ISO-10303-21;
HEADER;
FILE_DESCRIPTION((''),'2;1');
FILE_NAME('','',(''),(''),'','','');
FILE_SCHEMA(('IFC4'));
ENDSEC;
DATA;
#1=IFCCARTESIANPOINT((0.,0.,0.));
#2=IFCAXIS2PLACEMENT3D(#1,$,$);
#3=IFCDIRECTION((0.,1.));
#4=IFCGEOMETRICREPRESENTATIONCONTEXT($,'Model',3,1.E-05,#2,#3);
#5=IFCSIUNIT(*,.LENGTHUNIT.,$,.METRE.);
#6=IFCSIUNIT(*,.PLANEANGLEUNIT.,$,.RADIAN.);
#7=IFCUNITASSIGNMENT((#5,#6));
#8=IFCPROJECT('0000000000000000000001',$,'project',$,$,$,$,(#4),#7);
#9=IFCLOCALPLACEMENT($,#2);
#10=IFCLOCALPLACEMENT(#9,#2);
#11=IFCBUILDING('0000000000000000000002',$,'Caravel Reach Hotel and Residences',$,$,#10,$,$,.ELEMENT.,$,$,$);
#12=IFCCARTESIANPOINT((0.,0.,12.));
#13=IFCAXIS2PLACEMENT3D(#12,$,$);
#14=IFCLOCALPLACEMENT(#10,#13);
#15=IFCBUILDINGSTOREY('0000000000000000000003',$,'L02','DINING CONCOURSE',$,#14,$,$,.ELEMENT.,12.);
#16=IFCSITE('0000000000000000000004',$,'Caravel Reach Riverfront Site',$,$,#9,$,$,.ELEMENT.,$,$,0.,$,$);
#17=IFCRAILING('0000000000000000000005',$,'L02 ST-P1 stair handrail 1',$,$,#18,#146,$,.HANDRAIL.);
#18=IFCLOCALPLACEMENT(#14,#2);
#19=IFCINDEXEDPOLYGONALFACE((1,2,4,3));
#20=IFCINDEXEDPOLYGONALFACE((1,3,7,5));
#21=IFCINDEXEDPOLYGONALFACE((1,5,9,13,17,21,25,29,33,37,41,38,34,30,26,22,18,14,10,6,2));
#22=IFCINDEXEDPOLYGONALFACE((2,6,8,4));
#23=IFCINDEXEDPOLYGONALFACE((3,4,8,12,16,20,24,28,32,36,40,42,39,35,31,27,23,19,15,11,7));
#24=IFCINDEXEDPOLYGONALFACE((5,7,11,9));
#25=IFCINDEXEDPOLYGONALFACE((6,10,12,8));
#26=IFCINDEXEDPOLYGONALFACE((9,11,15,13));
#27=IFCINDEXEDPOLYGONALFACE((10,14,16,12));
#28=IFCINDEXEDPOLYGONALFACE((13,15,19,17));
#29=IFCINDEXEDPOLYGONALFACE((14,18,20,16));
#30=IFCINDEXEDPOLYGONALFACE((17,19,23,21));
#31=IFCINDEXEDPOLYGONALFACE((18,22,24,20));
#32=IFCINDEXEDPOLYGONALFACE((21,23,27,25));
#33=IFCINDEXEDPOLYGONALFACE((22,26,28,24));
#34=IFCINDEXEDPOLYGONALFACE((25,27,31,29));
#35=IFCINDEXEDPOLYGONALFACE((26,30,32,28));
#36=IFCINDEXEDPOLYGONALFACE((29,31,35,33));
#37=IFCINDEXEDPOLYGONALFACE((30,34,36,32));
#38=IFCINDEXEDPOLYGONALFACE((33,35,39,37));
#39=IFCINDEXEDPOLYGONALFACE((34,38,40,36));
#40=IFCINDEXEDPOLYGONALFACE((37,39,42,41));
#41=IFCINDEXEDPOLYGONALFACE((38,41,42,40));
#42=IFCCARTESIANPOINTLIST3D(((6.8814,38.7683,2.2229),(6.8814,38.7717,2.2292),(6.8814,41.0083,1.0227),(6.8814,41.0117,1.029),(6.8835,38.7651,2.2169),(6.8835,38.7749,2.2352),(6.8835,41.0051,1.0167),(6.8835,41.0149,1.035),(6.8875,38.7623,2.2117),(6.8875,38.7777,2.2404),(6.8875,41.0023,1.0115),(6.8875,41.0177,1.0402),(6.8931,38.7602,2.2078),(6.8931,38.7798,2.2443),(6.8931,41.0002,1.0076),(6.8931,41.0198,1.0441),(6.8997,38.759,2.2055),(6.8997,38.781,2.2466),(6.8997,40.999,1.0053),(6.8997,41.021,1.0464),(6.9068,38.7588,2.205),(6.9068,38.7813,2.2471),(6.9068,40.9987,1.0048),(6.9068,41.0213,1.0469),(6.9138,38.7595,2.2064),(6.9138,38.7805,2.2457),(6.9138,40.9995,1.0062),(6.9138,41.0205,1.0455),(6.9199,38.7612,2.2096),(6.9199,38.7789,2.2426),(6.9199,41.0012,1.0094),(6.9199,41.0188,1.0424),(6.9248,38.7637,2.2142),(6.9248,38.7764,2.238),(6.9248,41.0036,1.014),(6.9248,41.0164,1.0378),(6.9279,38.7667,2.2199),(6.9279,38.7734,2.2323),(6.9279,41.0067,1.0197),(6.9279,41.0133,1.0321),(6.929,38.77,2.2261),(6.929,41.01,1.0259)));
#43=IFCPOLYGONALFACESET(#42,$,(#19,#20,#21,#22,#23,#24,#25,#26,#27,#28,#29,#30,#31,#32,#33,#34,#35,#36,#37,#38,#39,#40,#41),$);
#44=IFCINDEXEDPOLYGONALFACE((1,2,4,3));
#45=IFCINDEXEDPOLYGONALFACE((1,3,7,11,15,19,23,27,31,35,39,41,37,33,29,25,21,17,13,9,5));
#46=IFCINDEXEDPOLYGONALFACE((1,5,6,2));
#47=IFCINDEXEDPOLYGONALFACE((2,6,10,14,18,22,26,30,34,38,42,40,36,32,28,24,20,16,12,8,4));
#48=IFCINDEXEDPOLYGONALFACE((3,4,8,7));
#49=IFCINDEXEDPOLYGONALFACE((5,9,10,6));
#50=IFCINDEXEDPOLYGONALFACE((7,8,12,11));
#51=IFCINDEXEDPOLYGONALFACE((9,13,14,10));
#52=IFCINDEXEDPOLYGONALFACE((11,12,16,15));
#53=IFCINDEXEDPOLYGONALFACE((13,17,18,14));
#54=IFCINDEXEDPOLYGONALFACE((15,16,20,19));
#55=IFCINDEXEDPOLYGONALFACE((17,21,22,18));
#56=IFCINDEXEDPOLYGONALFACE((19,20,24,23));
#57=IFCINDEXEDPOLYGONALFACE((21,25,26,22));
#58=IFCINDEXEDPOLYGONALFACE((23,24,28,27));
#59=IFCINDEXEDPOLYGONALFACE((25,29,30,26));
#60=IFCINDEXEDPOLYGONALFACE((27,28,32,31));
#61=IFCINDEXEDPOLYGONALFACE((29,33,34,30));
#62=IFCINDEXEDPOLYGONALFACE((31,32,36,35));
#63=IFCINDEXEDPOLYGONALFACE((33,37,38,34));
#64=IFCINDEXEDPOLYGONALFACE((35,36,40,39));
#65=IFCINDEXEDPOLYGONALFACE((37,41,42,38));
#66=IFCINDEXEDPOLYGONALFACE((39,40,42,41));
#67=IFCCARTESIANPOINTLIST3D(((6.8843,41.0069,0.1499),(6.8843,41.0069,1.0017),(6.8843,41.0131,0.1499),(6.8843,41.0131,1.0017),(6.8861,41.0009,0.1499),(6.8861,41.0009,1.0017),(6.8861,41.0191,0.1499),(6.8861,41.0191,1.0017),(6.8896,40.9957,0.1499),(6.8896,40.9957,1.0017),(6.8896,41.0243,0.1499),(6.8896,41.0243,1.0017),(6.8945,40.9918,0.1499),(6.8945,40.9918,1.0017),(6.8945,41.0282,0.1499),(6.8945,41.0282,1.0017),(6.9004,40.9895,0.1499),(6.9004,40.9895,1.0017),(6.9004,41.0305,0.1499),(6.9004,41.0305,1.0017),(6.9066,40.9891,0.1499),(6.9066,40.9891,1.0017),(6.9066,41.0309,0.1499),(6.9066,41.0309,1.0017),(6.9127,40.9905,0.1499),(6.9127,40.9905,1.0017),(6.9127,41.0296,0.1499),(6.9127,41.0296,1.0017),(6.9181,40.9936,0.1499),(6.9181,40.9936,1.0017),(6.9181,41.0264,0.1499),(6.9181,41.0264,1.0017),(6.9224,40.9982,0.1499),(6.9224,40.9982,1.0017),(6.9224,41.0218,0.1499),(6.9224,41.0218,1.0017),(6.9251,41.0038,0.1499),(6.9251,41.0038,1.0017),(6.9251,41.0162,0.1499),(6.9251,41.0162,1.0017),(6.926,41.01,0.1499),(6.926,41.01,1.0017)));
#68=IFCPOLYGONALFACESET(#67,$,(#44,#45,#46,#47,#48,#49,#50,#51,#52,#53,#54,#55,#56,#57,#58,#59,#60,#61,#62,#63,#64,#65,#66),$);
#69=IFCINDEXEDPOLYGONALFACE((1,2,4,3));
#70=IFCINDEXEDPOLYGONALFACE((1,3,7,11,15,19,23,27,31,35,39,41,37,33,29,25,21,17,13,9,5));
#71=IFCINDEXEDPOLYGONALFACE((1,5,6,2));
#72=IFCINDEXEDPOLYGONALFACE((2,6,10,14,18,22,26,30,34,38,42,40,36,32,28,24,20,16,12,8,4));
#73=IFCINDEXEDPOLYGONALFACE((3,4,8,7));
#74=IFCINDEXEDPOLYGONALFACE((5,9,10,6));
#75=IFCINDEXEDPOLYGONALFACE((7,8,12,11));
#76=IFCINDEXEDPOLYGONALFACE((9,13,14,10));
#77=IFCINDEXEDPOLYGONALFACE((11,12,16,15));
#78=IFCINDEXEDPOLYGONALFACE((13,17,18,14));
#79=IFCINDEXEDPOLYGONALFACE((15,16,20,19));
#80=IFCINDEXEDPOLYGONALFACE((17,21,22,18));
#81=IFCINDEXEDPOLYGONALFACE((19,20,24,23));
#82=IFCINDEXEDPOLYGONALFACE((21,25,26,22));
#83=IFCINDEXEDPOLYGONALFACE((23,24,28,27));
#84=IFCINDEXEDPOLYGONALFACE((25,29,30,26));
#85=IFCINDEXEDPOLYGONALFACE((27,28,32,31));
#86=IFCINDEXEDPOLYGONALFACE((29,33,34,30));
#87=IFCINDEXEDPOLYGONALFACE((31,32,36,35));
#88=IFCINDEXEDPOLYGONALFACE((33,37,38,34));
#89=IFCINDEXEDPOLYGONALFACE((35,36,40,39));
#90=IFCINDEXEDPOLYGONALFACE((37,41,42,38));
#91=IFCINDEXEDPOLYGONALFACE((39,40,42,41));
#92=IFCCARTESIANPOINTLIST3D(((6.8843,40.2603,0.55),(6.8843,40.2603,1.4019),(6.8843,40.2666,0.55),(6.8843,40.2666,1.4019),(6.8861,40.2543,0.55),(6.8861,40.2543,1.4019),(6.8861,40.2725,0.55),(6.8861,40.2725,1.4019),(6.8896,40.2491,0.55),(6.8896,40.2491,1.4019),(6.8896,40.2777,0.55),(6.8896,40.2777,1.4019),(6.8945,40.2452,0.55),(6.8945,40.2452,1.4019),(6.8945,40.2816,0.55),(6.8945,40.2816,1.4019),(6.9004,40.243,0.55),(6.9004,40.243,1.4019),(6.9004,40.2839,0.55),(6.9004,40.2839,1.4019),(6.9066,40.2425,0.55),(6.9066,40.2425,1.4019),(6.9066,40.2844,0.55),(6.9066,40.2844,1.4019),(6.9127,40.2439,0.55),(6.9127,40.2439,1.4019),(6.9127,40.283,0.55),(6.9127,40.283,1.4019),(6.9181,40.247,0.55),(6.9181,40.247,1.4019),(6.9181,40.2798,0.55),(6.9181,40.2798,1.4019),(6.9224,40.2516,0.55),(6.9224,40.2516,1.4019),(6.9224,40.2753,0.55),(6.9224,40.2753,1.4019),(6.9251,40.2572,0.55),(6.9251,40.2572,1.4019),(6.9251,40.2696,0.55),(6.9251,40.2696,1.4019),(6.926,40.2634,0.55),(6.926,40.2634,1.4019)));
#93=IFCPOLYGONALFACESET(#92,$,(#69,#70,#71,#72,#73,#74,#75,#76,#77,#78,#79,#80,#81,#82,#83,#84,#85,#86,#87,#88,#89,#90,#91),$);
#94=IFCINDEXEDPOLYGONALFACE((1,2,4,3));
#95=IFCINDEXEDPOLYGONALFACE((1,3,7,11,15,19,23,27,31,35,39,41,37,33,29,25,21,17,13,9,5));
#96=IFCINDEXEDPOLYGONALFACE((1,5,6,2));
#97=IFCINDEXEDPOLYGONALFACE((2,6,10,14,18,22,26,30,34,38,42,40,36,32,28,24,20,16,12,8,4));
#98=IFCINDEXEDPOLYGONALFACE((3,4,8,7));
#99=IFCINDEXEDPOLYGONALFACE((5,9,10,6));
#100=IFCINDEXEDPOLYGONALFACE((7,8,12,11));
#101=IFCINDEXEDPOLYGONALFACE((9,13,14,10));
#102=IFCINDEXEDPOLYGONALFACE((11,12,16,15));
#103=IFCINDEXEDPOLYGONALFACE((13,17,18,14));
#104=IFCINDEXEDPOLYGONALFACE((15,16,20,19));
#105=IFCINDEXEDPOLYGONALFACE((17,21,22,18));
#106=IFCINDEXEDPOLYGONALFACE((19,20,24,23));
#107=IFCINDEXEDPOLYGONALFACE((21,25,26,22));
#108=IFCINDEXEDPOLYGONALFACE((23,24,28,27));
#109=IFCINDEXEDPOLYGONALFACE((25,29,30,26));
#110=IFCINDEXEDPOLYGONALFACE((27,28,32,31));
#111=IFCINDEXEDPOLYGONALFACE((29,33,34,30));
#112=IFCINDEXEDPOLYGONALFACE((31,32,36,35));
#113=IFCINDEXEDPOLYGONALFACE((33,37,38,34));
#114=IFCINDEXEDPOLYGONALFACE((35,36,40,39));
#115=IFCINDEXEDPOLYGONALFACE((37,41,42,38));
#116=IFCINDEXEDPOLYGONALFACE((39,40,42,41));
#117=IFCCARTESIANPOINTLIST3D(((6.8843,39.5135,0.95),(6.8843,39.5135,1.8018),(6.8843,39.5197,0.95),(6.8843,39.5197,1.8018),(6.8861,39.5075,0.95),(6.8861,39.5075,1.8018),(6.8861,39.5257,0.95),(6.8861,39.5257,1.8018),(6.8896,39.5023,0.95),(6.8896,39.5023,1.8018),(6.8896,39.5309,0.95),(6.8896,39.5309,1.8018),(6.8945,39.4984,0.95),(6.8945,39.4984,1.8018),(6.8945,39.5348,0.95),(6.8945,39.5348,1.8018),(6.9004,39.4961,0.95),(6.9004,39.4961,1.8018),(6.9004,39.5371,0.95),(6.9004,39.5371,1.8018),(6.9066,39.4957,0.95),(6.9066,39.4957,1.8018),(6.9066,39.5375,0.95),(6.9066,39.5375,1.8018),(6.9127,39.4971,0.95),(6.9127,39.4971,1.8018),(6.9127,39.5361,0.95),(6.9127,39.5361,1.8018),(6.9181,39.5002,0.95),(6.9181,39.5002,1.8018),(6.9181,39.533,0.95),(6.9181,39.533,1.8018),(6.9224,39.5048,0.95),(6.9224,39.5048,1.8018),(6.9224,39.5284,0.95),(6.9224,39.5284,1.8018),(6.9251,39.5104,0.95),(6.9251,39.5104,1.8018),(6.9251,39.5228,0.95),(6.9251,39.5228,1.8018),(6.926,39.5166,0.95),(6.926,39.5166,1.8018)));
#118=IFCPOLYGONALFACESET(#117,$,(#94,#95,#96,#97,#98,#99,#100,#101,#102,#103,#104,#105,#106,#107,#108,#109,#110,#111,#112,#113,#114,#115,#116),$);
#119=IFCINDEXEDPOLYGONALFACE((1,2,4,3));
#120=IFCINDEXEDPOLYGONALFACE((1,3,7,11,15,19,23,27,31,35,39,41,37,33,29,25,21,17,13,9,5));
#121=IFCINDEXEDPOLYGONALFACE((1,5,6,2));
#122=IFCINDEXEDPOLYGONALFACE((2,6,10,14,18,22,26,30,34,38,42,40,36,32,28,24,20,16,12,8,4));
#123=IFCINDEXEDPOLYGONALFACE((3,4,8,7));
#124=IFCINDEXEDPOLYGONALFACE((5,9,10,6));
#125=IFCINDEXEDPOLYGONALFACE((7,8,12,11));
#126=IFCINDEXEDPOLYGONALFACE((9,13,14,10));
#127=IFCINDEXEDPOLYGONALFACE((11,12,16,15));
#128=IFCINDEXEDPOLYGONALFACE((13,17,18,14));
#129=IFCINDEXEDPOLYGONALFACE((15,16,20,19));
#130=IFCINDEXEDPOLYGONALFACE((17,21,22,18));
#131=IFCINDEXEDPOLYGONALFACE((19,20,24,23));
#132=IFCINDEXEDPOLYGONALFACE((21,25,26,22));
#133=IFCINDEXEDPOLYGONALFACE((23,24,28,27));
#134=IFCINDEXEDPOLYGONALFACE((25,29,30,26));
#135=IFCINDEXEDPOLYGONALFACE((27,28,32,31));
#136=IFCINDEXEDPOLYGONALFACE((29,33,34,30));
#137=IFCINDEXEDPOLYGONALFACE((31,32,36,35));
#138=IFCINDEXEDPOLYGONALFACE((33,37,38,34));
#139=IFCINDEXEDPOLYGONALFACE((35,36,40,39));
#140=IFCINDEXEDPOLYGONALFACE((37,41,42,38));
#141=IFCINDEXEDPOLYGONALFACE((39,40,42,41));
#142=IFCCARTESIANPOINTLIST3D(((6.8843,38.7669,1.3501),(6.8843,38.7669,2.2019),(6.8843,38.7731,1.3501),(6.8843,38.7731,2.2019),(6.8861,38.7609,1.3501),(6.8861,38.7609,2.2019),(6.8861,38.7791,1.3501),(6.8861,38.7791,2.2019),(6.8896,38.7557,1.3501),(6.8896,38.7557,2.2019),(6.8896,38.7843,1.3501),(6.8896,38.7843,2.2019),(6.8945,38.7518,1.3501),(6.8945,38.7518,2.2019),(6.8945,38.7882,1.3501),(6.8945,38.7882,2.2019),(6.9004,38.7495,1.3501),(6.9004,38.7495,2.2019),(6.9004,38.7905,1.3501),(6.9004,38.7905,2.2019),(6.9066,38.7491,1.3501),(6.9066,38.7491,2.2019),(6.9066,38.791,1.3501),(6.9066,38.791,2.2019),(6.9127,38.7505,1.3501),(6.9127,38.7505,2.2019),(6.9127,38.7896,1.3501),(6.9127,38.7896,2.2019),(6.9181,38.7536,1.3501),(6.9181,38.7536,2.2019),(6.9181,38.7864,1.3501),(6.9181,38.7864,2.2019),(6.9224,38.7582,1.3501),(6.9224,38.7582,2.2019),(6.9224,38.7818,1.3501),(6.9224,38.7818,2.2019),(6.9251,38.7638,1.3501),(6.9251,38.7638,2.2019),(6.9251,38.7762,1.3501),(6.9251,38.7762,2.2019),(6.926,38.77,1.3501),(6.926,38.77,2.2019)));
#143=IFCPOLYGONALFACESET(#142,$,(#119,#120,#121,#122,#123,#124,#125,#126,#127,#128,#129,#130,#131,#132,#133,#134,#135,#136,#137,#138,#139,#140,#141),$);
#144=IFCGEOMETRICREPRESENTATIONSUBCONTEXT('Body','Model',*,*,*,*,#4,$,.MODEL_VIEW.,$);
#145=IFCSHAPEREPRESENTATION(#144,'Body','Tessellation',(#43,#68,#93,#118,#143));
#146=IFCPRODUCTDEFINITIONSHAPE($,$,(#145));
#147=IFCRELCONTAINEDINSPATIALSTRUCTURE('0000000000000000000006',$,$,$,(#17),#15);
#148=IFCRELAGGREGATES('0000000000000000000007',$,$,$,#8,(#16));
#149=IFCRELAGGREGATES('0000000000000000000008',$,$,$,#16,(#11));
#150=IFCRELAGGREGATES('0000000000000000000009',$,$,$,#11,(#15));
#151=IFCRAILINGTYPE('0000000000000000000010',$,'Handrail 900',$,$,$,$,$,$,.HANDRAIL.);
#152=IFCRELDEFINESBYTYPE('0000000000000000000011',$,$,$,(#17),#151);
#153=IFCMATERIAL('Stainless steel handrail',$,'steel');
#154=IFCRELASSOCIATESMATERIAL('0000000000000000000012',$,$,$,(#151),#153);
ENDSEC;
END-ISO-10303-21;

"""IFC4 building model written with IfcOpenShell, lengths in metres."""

from ifc_helpers import new_model, si_unit, direction, frame, origin, origin_2d, place, context, subcontext, project, spatial, circle, extrude, material, type_object, element, save


model = new_model("IFC4")

# Units and contexts
model_context = context("Model", 3, precision=1e-05, world=origin(), true_north=direction((0.0, 1.0)))
body_context = subcontext(model_context, "Body", "Model", "MODEL_VIEW")
ifc_project = project(units=[si_unit("LENGTHUNIT", "METRE"), si_unit("PLANEANGLEUNIT", "RADIAN")], contexts=[model_context])

# Site, building, storey
site_placement = place(None, origin())
site = spatial("IfcSite", under=ifc_project, at=site_placement, Name="Caravel Reach Riverfront Site", CompositionType="ELEMENT", RefElevation=0.0)
building_placement = place(site_placement, origin())
building = spatial("IfcBuilding", under=site, at=building_placement, Name="Caravel Reach Hotel and Residences", CompositionType="ELEMENT")
storey_placement = place(building_placement, frame((0.0, 0.0, 12.0)))
storey = spatial("IfcBuildingStorey", under=building, at=storey_placement, Name="L02", Description="DINING CONCOURSE", CompositionType="ELEMENT", Elevation=12.0)

# Railing
ifc_material_1 = material(Name="Stainless steel handrail", Category="steel")
railing_type_1 = type_object("IfcRailingType", Name="Handrail 900", PredefinedType="HANDRAIL", material=ifc_material_1)
railing_1_placement = place(storey_placement, frame((6.905, 41.01, 0.1499)))
element("IfcRailing", 1, at=railing_1_placement, inside=storey, type_object=railing_type_1, Name="L02 ST-P1 stair handrail 1", PredefinedType="HANDRAIL", context=body_context, shape_type="SweptSolid", body=[
    extrude(circle(Radius=0.0239, at=origin_2d()), frame((0.0, 0.0, 0.876), z_axis=(0.0, -0.881447, 0.472283), x_axis=(1.0, 0.0, 0.0)), (0.0, 0.0, 1.0), 2.5413),
    extrude(circle(Radius=0.021, at=origin_2d()), origin(), (0.0, 0.0, 1.0), 0.8518),
    extrude(circle(Radius=0.021, at=origin_2d()), frame((0.0, -0.7466, 0.4001)), (0.0, 0.0, 1.0), 0.8518),
    extrude(circle(Radius=0.021, at=origin_2d()), frame((0.0, -1.4934, 0.8)), (0.0, 0.0, 1.0), 0.8518),
    extrude(circle(Radius=0.021, at=origin_2d()), frame((0.0, -2.24, 1.2002)), (0.0, 0.0, 1.0), 0.8518),
])

save(model, "model.ifc")
